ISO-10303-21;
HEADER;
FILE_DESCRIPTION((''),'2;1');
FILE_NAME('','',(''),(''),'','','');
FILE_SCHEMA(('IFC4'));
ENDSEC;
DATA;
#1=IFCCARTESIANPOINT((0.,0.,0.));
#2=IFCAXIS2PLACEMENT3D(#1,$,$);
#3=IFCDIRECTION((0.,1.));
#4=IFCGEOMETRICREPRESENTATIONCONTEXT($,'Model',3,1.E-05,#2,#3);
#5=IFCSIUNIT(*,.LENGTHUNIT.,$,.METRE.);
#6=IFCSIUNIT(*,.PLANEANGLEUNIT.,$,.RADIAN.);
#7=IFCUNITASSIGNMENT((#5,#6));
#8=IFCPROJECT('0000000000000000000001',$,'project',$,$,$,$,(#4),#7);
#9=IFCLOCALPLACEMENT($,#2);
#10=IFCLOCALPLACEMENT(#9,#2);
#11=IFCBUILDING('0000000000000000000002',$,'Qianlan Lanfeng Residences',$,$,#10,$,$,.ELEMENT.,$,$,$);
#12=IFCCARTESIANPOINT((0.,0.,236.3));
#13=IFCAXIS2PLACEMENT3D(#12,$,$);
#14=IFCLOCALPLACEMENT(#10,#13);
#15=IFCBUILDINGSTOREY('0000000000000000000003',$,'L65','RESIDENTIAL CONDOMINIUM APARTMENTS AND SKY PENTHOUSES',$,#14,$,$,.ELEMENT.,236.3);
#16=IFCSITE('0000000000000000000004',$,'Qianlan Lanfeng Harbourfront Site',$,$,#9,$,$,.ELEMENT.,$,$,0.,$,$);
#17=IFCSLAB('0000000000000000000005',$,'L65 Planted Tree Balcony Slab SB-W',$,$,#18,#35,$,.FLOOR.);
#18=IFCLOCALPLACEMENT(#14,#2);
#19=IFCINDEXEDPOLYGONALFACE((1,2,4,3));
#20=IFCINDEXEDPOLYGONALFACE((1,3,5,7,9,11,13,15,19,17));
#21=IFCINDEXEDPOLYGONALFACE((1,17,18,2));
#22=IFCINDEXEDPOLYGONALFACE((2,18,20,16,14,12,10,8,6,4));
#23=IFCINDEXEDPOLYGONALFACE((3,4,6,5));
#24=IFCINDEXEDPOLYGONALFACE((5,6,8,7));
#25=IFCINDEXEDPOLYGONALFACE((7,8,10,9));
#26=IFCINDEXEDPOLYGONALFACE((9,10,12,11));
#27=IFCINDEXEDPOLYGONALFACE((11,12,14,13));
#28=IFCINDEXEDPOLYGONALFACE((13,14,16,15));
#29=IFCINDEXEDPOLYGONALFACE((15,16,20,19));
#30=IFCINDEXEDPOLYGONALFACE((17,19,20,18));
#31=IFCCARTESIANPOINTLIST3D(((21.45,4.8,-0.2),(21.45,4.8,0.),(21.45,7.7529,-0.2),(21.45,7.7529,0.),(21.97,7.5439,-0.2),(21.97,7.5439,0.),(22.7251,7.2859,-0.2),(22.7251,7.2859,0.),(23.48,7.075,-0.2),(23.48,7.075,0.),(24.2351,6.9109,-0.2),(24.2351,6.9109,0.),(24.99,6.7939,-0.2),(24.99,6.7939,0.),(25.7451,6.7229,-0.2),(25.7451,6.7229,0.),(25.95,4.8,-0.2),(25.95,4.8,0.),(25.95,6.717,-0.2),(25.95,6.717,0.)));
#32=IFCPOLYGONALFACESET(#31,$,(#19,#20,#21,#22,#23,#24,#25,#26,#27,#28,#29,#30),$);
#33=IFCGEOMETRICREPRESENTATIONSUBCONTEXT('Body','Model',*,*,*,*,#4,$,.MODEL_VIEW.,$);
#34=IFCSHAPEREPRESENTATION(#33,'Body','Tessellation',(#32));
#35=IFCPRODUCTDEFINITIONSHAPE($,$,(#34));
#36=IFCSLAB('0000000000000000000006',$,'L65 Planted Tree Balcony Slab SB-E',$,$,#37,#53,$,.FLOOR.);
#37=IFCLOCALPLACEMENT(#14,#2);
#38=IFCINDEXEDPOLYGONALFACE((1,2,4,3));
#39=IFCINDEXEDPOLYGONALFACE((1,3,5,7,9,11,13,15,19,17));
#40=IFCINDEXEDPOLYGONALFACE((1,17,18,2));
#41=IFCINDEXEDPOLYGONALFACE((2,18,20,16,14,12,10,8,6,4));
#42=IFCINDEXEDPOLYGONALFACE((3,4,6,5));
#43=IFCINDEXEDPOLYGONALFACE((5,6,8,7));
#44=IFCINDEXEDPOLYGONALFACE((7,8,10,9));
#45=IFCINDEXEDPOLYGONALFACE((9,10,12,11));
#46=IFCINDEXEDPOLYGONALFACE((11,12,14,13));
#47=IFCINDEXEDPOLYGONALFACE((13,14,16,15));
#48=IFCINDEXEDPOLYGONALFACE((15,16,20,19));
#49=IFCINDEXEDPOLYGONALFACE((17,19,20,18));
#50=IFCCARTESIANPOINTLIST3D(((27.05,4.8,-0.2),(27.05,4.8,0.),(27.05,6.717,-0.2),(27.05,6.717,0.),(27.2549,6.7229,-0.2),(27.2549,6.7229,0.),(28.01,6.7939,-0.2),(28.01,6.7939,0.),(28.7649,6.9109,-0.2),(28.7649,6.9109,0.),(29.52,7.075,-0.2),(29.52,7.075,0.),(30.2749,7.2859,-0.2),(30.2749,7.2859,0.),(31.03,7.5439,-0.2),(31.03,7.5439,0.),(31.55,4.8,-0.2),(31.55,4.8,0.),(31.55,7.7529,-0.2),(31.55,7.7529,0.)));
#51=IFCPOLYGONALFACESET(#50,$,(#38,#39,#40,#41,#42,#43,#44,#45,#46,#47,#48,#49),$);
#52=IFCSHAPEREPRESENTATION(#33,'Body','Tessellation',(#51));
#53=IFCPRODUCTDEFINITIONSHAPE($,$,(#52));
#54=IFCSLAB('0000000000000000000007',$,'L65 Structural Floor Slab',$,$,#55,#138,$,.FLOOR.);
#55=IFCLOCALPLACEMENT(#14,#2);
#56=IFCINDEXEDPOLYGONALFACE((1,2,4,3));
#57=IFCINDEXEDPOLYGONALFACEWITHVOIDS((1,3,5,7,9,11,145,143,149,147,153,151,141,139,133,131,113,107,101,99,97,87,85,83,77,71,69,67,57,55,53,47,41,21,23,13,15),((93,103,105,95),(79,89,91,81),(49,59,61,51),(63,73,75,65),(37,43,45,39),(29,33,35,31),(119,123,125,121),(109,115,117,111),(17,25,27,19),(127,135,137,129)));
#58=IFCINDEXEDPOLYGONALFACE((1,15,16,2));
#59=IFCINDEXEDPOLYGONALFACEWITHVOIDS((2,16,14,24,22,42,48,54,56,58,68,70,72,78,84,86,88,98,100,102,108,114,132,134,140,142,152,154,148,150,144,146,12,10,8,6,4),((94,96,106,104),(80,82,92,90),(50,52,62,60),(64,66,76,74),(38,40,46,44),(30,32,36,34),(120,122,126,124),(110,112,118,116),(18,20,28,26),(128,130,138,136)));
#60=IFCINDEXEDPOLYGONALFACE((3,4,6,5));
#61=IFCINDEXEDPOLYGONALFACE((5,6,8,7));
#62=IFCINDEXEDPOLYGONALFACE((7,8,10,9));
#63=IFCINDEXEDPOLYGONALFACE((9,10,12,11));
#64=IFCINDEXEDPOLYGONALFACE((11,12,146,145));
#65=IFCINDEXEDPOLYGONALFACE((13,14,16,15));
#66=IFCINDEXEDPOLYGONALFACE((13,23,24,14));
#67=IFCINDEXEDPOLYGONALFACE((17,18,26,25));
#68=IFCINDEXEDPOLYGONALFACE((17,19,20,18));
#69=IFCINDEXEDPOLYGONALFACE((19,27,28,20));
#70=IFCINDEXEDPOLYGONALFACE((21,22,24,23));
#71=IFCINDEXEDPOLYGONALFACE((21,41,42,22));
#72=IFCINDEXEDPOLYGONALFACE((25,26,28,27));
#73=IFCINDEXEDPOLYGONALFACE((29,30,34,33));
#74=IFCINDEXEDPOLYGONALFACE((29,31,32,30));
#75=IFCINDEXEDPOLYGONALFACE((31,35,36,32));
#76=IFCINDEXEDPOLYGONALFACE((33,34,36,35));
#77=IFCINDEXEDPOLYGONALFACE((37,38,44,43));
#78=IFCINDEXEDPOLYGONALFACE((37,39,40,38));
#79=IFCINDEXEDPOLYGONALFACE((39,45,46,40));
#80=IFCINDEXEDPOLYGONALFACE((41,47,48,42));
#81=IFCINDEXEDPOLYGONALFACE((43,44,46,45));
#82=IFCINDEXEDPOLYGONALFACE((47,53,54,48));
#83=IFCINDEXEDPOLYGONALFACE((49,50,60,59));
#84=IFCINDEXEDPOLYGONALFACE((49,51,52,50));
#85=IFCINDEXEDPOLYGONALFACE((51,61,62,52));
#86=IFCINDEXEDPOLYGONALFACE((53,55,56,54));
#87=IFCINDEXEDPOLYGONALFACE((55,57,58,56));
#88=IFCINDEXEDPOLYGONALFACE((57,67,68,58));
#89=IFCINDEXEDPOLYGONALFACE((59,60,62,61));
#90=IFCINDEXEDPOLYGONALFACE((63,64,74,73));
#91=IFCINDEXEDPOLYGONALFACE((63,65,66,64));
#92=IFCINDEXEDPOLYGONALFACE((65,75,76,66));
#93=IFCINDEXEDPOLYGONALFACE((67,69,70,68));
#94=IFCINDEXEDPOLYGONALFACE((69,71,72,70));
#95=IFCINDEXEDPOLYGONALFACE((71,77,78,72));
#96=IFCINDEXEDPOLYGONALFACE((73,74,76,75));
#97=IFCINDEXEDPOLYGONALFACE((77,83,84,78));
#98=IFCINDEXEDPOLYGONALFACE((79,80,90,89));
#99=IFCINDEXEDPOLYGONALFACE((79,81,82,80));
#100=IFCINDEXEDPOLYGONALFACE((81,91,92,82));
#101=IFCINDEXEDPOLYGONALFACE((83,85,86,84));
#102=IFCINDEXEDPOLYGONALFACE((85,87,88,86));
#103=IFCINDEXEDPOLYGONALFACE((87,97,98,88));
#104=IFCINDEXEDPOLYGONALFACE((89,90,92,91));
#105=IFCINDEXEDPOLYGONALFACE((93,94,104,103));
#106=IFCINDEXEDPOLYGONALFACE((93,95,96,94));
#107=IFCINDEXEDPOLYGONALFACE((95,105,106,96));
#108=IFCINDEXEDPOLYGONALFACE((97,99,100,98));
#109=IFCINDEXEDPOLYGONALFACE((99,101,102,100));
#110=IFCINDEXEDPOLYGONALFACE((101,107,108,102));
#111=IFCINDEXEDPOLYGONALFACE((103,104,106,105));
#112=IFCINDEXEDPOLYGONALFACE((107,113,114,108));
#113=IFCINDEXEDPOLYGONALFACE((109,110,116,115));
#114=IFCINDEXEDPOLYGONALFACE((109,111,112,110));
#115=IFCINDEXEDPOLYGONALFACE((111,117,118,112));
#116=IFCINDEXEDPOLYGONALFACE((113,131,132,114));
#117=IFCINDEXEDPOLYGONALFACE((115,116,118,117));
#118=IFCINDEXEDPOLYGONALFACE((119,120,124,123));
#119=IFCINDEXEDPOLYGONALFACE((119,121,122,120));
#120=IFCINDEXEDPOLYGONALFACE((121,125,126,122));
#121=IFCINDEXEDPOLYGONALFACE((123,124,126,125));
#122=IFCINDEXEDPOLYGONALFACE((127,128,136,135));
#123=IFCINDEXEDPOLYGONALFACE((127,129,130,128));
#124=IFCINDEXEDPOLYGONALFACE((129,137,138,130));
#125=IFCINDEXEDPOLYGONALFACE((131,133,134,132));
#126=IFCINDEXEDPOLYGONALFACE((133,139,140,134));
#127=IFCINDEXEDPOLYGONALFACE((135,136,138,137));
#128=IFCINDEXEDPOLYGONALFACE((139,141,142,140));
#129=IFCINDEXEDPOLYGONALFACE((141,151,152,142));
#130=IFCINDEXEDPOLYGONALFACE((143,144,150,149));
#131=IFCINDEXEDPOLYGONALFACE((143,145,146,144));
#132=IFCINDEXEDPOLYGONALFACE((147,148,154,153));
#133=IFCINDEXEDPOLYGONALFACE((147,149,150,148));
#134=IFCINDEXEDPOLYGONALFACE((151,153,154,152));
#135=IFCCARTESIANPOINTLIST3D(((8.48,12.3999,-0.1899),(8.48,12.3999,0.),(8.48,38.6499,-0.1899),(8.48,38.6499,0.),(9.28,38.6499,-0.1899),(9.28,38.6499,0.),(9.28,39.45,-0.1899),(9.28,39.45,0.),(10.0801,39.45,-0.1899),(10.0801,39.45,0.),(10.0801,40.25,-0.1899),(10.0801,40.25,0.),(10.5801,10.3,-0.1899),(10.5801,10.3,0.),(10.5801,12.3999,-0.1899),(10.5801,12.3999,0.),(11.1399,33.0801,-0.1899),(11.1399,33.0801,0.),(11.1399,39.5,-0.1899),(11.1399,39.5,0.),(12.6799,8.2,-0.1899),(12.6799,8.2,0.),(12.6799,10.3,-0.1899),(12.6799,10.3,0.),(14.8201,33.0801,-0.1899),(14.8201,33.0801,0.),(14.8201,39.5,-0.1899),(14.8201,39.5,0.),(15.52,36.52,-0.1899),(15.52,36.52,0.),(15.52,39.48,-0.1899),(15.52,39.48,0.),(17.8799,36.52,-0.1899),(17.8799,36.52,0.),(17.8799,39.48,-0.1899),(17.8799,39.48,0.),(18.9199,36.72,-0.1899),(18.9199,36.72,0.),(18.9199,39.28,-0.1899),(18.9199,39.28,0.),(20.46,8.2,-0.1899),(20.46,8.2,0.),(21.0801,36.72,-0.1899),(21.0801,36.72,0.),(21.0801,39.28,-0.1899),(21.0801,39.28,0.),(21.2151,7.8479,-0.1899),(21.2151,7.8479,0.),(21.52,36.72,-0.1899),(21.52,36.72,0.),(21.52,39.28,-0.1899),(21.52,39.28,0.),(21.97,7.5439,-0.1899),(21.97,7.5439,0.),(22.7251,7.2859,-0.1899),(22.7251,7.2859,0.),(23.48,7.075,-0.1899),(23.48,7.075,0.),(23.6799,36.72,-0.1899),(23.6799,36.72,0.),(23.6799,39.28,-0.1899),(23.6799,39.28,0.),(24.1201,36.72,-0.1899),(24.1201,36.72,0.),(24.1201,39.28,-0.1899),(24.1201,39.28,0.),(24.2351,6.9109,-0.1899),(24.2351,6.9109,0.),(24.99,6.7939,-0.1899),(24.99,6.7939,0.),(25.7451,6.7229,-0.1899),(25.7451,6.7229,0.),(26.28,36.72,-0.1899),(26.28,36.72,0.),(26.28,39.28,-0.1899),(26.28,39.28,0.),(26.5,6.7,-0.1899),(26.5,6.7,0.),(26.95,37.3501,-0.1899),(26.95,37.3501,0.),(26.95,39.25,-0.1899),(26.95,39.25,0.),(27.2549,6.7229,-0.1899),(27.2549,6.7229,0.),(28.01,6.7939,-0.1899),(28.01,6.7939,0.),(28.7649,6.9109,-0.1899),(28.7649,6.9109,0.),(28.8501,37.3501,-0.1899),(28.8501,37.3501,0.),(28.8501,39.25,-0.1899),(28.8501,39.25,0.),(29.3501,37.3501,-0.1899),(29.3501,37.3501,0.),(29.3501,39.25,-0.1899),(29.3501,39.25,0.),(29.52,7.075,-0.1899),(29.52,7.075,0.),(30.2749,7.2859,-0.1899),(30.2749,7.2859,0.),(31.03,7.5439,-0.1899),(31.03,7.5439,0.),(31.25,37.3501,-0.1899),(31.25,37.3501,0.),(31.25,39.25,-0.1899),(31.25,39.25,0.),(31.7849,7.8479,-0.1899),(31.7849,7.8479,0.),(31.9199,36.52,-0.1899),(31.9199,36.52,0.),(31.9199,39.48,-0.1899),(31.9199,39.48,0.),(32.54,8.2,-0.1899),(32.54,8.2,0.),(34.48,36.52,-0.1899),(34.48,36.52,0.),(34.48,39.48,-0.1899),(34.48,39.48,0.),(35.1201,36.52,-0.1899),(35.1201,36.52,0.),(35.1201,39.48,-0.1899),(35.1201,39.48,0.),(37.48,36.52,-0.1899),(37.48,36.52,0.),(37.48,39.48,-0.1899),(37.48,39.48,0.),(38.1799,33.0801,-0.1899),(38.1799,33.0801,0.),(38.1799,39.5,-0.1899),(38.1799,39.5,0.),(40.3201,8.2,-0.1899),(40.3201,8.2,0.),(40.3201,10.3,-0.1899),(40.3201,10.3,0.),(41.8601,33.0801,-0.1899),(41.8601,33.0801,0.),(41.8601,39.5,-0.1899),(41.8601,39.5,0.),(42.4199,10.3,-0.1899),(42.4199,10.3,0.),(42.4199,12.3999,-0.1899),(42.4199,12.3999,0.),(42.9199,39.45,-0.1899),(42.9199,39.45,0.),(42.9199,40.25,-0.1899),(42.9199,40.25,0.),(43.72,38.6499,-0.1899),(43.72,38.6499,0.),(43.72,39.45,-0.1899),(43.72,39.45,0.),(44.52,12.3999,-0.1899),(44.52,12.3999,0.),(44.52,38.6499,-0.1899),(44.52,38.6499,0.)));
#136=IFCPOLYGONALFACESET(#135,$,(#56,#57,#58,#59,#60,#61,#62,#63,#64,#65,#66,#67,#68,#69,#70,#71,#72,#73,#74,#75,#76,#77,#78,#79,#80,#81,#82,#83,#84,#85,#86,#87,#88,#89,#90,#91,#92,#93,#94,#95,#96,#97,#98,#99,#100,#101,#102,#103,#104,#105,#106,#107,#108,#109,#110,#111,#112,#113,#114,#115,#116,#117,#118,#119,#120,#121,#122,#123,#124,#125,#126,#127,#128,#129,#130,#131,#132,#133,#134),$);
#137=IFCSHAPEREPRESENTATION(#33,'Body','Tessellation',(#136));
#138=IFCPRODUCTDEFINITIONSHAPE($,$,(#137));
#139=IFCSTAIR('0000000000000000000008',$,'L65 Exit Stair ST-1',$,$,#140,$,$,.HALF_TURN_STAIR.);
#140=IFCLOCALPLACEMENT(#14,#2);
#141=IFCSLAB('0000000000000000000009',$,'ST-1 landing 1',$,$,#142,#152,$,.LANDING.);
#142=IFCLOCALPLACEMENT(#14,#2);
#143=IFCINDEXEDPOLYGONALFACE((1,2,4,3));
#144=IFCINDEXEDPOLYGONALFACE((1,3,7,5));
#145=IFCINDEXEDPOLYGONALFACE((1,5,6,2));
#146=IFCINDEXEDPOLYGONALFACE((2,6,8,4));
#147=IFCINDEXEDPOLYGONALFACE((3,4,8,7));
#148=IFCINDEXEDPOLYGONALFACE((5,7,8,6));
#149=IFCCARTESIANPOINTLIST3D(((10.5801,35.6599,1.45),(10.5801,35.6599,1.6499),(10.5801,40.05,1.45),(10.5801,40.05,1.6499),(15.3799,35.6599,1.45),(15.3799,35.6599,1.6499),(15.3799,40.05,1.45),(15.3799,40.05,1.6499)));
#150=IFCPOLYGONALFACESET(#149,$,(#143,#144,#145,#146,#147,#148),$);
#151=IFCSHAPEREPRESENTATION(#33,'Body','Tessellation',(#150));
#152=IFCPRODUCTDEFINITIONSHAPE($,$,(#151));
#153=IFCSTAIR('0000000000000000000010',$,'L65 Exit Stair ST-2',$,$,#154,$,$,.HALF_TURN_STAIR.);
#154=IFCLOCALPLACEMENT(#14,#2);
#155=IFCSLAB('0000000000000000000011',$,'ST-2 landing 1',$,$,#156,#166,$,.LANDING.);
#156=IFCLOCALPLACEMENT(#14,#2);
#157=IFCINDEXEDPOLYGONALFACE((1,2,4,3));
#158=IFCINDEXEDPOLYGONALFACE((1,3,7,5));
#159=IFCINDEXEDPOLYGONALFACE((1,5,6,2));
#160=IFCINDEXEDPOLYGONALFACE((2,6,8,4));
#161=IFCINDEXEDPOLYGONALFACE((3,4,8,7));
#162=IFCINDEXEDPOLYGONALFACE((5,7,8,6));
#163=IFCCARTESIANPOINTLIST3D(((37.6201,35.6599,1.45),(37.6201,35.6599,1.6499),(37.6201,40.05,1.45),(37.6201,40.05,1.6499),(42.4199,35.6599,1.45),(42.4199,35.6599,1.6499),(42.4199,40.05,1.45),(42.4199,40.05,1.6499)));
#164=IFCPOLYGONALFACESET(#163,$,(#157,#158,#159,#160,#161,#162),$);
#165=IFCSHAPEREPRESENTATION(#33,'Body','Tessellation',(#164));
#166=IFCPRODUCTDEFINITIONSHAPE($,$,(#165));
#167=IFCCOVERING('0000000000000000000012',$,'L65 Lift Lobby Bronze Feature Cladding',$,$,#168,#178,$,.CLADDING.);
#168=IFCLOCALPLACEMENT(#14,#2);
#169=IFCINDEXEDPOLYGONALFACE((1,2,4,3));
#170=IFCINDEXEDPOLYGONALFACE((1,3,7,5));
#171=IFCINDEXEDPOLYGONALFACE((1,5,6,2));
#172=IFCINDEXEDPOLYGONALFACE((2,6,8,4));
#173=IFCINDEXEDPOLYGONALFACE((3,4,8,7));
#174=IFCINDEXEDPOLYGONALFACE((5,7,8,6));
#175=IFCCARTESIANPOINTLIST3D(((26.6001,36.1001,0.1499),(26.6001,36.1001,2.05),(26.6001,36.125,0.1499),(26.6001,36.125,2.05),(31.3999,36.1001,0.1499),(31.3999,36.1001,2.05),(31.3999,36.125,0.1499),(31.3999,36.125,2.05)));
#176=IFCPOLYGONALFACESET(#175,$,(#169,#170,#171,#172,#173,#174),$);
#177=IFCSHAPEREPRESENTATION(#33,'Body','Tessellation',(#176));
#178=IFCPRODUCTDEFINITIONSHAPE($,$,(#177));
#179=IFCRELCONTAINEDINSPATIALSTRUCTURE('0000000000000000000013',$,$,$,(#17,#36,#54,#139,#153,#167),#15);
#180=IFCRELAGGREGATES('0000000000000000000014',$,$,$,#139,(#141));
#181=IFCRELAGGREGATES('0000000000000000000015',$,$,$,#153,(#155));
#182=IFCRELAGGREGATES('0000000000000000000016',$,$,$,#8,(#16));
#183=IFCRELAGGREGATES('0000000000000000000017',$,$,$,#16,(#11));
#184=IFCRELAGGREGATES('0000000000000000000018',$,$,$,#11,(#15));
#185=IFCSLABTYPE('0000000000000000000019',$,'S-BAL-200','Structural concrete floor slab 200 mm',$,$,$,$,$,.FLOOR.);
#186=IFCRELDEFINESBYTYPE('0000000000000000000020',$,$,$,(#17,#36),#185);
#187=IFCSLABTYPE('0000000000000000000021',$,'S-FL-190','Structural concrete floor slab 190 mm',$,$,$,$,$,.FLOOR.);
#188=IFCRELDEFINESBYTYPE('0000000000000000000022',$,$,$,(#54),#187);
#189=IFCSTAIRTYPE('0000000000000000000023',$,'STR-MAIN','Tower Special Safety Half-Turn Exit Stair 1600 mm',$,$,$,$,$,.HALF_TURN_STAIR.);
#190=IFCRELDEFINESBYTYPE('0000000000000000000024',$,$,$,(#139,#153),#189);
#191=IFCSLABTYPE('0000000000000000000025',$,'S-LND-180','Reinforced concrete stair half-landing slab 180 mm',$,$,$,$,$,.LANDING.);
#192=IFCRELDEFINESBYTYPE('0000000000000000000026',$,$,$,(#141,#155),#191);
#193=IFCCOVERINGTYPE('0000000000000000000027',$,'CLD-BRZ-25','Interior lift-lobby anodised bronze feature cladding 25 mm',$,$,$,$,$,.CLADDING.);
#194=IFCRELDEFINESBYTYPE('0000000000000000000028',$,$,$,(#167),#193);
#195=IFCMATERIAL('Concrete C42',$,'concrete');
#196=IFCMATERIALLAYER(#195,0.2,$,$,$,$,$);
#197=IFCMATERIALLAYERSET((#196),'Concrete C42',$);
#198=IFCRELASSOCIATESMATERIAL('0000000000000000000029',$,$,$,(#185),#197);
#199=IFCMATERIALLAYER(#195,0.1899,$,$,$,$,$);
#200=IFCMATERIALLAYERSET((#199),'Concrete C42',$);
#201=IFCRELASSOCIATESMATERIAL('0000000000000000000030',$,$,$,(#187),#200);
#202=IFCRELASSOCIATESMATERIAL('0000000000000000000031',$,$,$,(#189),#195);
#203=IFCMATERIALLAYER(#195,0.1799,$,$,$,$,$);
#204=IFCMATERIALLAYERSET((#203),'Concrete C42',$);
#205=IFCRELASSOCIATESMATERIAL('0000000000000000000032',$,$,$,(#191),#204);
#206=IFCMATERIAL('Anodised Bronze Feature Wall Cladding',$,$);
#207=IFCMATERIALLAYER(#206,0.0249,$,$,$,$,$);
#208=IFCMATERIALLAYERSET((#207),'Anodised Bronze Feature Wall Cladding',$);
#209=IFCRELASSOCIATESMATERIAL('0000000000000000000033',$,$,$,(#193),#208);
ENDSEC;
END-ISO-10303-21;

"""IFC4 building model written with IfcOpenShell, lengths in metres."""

from ifc_helpers import new_model, si_unit, direction, frame, origin, place, context, subcontext, project, spatial, polyline, outline, extrude, material, layer, layer_set, type_object, element, aggregate, save


model = new_model("IFC4")

# Units and contexts
model_context = context("Model", 3, precision=1e-05, world=origin(), true_north=direction((0.0, 1.0)))
body_context = subcontext(model_context, "Body", "Model", "MODEL_VIEW")
ifc_project = project(units=[si_unit("LENGTHUNIT", "METRE"), si_unit("PLANEANGLEUNIT", "RADIAN")], contexts=[model_context])

# Site, building, storey
site_placement = place(None, origin())
site = spatial("IfcSite", under=ifc_project, at=site_placement, Name="Qianlan Lanfeng Harbourfront Site", CompositionType="ELEMENT", RefElevation=0.0)
building_placement = place(site_placement, origin())
building = spatial("IfcBuilding", under=site, at=building_placement, Name="Qianlan Lanfeng Residences", CompositionType="ELEMENT")
storey_placement = place(building_placement, frame((0.0, 0.0, 236.3)))
storey = spatial("IfcBuildingStorey", under=building, at=storey_placement, Name="L65", Description="RESIDENTIAL CONDOMINIUM APARTMENTS AND SKY PENTHOUSES", CompositionType="ELEMENT", Elevation=236.3)

# Slabs
ifc_material_1 = material(Name="Concrete C42", Category="concrete")
ifc_layer_1 = layer(ifc_material_1, 0.2)
ifc_layer_set_1 = layer_set([ifc_layer_1], Name="Concrete C42")
slab_type_1 = type_object("IfcSlabType", Name="S-BAL-200", Description="Structural concrete floor slab 200 mm", PredefinedType="FLOOR", material=ifc_layer_set_1)
slab_1_placement = place(storey_placement, frame((0.0, 0.0, -0.2)))
element("IfcSlab", 1, at=slab_1_placement, inside=storey, type_object=slab_type_1, Name="L65 Planted Tree Balcony Slab SB-W", PredefinedType="FLOOR", context=body_context, shape_type="SweptSolid", body=[
    extrude(outline(polyline([(25.95, 6.717), (25.7451, 6.7229), (24.99, 6.7939), (24.2351, 6.9109), (23.48, 7.075), (22.7251, 7.2859), (21.97, 7.5439), (21.45, 7.7529), (21.45, 4.8), (25.95, 4.8), (25.95, 6.717)])), origin(), (0.0, 0.0, 1.0), 0.2),
])
slab_2_placement = place(storey_placement, frame((0.0, 0.0, -0.2)))
element("IfcSlab", 2, at=slab_2_placement, inside=storey, type_object=slab_type_1, Name="L65 Planted Tree Balcony Slab SB-E", PredefinedType="FLOOR", context=body_context, shape_type="SweptSolid", body=[
    extrude(outline(polyline([(31.55, 7.7529), (31.03, 7.5439), (30.2749, 7.2859), (29.52, 7.075), (28.7649, 6.9109), (28.01, 6.7939), (27.2549, 6.7229), (27.05, 6.717), (27.05, 4.8), (31.55, 4.8), (31.55, 7.7529)])), origin(), (0.0, 0.0, 1.0), 0.2),
])
ifc_layer_2 = layer(ifc_material_1, 0.1899)
ifc_layer_set_2 = layer_set([ifc_layer_2], Name="Concrete C42")
slab_type_2 = type_object("IfcSlabType", Name="S-FL-190", Description="Structural concrete floor slab 190 mm", PredefinedType="FLOOR", material=ifc_layer_set_2)
slab_3_placement = place(storey_placement, frame((0.0, 0.0, -0.1899)))
element("IfcSlab", 3, at=slab_3_placement, inside=storey, type_object=slab_type_2, Name="L65 Structural Floor Slab", PredefinedType="FLOOR", context=body_context, shape_type="SweptSolid", body=[
    extrude(outline(polyline([(8.48, 12.3999), (10.5801, 12.3999), (10.5801, 10.3), (12.6799, 10.3), (12.6799, 8.2), (20.46, 8.2), (21.2151, 7.8479), (21.97, 7.5439), (22.7251, 7.2859), (23.48, 7.075), (24.2351, 6.9109), (24.99, 6.7939), (25.7451, 6.7229), (26.5, 6.7), (27.2549, 6.7229), (28.01, 6.7939), (28.7649, 6.9109), (29.52, 7.075), (30.2749, 7.2859), (31.03, 7.5439), (31.7849, 7.8479), (32.54, 8.2), (40.3201, 8.2), (40.3201, 10.3), (42.4199, 10.3), (42.4199, 12.3999), (44.52, 12.3999), (44.52, 38.6499), (43.72, 38.6499), (43.72, 39.45), (42.9199, 39.45), (42.9199, 40.25), (10.0801, 40.25), (10.0801, 39.45), (9.28, 39.45), (9.28, 38.6499), (8.48, 38.6499), (8.48, 12.3999)]), holes=[polyline([(11.1399, 33.0801), (11.1399, 39.5), (14.8201, 39.5), (14.8201, 33.0801), (11.1399, 33.0801)]), polyline([(38.1799, 33.0801), (38.1799, 39.5), (41.8601, 39.5), (41.8601, 33.0801), (38.1799, 33.0801)]), polyline([(15.52, 36.52), (15.52, 39.48), (17.8799, 39.48), (17.8799, 36.52), (15.52, 36.52)]), polyline([(35.1201, 36.52), (35.1201, 39.48), (37.48, 39.48), (37.48, 36.52), (35.1201, 36.52)]), polyline([(31.9199, 36.52), (31.9199, 39.48), (34.48, 39.48), (34.48, 36.52), (31.9199, 36.52)]), polyline([(18.9199, 36.72), (18.9199, 39.28), (21.0801, 39.28), (21.0801, 36.72), (18.9199, 36.72)]), polyline([(21.52, 36.72), (21.52, 39.28), (23.6799, 39.28), (23.6799, 36.72), (21.52, 36.72)]), polyline([(24.1201, 36.72), (24.1201, 39.28), (26.28, 39.28), (26.28, 36.72), (24.1201, 36.72)]), polyline([(26.95, 37.3501), (26.95, 39.25), (28.8501, 39.25), (28.8501, 37.3501), (26.95, 37.3501)]), polyline([(29.3501, 37.3501), (29.3501, 39.25), (31.25, 39.25), (31.25, 37.3501), (29.3501, 37.3501)])]), origin(), (0.0, 0.0, 1.0), 0.1899),
])

# Stairs, slabs
stair_type = type_object("IfcStairType", Name="STR-MAIN", Description="Tower Special Safety Half-Turn Exit Stair 1600 mm", PredefinedType="HALF_TURN_STAIR", material=ifc_material_1)
stair_1_placement = place(storey_placement, origin())
stair_1 = element("IfcStair", 4, at=stair_1_placement, inside=storey, type_object=stair_type, Name="L65 Exit Stair ST-1", PredefinedType="HALF_TURN_STAIR")
ifc_layer_3 = layer(ifc_material_1, 0.1799)
ifc_layer_set_3 = layer_set([ifc_layer_3], Name="Concrete C42")
slab_type_3 = type_object("IfcSlabType", Name="S-LND-180", Description="Reinforced concrete stair half-landing slab 180 mm", PredefinedType="LANDING", material=ifc_layer_set_3)
slab_4_placement = place(storey_placement, frame((0.0, 0.0, 1.45)))
slab_4 = element("IfcSlab", 5, at=slab_4_placement, type_object=slab_type_3, Name="ST-1 landing 1", PredefinedType="LANDING", context=body_context, shape_type="SweptSolid", body=[
    extrude(outline(polyline([(10.5801, 35.6599), (15.3799, 35.6599), (15.3799, 40.05), (10.5801, 40.05), (10.5801, 35.6599)])), origin(), (0.0, 0.0, 1.0), 0.2),
])
aggregate(stair_1, [slab_4])
stair_2_placement = place(storey_placement, origin())
stair_2 = element("IfcStair", 6, at=stair_2_placement, inside=storey, type_object=stair_type, Name="L65 Exit Stair ST-2", PredefinedType="HALF_TURN_STAIR")
slab_5_placement = place(storey_placement, frame((0.0, 0.0, 1.45)))
slab_5 = element("IfcSlab", 7, at=slab_5_placement, type_object=slab_type_3, Name="ST-2 landing 1", PredefinedType="LANDING", context=body_context, shape_type="SweptSolid", body=[
    extrude(outline(polyline([(37.6201, 35.6599), (42.4199, 35.6599), (42.4199, 40.05), (37.6201, 40.05), (37.6201, 35.6599)])), origin(), (0.0, 0.0, 1.0), 0.2),
])
aggregate(stair_2, [slab_5])

# Covering
ifc_material_2 = material(Name="Anodised Bronze Feature Wall Cladding")
ifc_layer_4 = layer(ifc_material_2, 0.0249)
ifc_layer_set_4 = layer_set([ifc_layer_4], Name="Anodised Bronze Feature Wall Cladding")
covering_type_1 = type_object("IfcCoveringType", Name="CLD-BRZ-25", Description="Interior lift-lobby anodised bronze feature cladding 25 mm", PredefinedType="CLADDING", material=ifc_layer_set_4)
covering_1_placement = place(storey_placement, frame((0.0, 0.0, 0.1499)))
element("IfcCovering", 8, at=covering_1_placement, inside=storey, type_object=covering_type_1, Name="L65 Lift Lobby Bronze Feature Cladding", PredefinedType="CLADDING", context=body_context, shape_type="SweptSolid", body=[
    extrude(outline(polyline([(26.6001, 36.1001), (31.3999, 36.1001), (31.3999, 36.125), (26.6001, 36.125), (26.6001, 36.1001)])), origin(), (0.0, 0.0, 1.0), 1.9001),
])

save(model, "model.ifc")
